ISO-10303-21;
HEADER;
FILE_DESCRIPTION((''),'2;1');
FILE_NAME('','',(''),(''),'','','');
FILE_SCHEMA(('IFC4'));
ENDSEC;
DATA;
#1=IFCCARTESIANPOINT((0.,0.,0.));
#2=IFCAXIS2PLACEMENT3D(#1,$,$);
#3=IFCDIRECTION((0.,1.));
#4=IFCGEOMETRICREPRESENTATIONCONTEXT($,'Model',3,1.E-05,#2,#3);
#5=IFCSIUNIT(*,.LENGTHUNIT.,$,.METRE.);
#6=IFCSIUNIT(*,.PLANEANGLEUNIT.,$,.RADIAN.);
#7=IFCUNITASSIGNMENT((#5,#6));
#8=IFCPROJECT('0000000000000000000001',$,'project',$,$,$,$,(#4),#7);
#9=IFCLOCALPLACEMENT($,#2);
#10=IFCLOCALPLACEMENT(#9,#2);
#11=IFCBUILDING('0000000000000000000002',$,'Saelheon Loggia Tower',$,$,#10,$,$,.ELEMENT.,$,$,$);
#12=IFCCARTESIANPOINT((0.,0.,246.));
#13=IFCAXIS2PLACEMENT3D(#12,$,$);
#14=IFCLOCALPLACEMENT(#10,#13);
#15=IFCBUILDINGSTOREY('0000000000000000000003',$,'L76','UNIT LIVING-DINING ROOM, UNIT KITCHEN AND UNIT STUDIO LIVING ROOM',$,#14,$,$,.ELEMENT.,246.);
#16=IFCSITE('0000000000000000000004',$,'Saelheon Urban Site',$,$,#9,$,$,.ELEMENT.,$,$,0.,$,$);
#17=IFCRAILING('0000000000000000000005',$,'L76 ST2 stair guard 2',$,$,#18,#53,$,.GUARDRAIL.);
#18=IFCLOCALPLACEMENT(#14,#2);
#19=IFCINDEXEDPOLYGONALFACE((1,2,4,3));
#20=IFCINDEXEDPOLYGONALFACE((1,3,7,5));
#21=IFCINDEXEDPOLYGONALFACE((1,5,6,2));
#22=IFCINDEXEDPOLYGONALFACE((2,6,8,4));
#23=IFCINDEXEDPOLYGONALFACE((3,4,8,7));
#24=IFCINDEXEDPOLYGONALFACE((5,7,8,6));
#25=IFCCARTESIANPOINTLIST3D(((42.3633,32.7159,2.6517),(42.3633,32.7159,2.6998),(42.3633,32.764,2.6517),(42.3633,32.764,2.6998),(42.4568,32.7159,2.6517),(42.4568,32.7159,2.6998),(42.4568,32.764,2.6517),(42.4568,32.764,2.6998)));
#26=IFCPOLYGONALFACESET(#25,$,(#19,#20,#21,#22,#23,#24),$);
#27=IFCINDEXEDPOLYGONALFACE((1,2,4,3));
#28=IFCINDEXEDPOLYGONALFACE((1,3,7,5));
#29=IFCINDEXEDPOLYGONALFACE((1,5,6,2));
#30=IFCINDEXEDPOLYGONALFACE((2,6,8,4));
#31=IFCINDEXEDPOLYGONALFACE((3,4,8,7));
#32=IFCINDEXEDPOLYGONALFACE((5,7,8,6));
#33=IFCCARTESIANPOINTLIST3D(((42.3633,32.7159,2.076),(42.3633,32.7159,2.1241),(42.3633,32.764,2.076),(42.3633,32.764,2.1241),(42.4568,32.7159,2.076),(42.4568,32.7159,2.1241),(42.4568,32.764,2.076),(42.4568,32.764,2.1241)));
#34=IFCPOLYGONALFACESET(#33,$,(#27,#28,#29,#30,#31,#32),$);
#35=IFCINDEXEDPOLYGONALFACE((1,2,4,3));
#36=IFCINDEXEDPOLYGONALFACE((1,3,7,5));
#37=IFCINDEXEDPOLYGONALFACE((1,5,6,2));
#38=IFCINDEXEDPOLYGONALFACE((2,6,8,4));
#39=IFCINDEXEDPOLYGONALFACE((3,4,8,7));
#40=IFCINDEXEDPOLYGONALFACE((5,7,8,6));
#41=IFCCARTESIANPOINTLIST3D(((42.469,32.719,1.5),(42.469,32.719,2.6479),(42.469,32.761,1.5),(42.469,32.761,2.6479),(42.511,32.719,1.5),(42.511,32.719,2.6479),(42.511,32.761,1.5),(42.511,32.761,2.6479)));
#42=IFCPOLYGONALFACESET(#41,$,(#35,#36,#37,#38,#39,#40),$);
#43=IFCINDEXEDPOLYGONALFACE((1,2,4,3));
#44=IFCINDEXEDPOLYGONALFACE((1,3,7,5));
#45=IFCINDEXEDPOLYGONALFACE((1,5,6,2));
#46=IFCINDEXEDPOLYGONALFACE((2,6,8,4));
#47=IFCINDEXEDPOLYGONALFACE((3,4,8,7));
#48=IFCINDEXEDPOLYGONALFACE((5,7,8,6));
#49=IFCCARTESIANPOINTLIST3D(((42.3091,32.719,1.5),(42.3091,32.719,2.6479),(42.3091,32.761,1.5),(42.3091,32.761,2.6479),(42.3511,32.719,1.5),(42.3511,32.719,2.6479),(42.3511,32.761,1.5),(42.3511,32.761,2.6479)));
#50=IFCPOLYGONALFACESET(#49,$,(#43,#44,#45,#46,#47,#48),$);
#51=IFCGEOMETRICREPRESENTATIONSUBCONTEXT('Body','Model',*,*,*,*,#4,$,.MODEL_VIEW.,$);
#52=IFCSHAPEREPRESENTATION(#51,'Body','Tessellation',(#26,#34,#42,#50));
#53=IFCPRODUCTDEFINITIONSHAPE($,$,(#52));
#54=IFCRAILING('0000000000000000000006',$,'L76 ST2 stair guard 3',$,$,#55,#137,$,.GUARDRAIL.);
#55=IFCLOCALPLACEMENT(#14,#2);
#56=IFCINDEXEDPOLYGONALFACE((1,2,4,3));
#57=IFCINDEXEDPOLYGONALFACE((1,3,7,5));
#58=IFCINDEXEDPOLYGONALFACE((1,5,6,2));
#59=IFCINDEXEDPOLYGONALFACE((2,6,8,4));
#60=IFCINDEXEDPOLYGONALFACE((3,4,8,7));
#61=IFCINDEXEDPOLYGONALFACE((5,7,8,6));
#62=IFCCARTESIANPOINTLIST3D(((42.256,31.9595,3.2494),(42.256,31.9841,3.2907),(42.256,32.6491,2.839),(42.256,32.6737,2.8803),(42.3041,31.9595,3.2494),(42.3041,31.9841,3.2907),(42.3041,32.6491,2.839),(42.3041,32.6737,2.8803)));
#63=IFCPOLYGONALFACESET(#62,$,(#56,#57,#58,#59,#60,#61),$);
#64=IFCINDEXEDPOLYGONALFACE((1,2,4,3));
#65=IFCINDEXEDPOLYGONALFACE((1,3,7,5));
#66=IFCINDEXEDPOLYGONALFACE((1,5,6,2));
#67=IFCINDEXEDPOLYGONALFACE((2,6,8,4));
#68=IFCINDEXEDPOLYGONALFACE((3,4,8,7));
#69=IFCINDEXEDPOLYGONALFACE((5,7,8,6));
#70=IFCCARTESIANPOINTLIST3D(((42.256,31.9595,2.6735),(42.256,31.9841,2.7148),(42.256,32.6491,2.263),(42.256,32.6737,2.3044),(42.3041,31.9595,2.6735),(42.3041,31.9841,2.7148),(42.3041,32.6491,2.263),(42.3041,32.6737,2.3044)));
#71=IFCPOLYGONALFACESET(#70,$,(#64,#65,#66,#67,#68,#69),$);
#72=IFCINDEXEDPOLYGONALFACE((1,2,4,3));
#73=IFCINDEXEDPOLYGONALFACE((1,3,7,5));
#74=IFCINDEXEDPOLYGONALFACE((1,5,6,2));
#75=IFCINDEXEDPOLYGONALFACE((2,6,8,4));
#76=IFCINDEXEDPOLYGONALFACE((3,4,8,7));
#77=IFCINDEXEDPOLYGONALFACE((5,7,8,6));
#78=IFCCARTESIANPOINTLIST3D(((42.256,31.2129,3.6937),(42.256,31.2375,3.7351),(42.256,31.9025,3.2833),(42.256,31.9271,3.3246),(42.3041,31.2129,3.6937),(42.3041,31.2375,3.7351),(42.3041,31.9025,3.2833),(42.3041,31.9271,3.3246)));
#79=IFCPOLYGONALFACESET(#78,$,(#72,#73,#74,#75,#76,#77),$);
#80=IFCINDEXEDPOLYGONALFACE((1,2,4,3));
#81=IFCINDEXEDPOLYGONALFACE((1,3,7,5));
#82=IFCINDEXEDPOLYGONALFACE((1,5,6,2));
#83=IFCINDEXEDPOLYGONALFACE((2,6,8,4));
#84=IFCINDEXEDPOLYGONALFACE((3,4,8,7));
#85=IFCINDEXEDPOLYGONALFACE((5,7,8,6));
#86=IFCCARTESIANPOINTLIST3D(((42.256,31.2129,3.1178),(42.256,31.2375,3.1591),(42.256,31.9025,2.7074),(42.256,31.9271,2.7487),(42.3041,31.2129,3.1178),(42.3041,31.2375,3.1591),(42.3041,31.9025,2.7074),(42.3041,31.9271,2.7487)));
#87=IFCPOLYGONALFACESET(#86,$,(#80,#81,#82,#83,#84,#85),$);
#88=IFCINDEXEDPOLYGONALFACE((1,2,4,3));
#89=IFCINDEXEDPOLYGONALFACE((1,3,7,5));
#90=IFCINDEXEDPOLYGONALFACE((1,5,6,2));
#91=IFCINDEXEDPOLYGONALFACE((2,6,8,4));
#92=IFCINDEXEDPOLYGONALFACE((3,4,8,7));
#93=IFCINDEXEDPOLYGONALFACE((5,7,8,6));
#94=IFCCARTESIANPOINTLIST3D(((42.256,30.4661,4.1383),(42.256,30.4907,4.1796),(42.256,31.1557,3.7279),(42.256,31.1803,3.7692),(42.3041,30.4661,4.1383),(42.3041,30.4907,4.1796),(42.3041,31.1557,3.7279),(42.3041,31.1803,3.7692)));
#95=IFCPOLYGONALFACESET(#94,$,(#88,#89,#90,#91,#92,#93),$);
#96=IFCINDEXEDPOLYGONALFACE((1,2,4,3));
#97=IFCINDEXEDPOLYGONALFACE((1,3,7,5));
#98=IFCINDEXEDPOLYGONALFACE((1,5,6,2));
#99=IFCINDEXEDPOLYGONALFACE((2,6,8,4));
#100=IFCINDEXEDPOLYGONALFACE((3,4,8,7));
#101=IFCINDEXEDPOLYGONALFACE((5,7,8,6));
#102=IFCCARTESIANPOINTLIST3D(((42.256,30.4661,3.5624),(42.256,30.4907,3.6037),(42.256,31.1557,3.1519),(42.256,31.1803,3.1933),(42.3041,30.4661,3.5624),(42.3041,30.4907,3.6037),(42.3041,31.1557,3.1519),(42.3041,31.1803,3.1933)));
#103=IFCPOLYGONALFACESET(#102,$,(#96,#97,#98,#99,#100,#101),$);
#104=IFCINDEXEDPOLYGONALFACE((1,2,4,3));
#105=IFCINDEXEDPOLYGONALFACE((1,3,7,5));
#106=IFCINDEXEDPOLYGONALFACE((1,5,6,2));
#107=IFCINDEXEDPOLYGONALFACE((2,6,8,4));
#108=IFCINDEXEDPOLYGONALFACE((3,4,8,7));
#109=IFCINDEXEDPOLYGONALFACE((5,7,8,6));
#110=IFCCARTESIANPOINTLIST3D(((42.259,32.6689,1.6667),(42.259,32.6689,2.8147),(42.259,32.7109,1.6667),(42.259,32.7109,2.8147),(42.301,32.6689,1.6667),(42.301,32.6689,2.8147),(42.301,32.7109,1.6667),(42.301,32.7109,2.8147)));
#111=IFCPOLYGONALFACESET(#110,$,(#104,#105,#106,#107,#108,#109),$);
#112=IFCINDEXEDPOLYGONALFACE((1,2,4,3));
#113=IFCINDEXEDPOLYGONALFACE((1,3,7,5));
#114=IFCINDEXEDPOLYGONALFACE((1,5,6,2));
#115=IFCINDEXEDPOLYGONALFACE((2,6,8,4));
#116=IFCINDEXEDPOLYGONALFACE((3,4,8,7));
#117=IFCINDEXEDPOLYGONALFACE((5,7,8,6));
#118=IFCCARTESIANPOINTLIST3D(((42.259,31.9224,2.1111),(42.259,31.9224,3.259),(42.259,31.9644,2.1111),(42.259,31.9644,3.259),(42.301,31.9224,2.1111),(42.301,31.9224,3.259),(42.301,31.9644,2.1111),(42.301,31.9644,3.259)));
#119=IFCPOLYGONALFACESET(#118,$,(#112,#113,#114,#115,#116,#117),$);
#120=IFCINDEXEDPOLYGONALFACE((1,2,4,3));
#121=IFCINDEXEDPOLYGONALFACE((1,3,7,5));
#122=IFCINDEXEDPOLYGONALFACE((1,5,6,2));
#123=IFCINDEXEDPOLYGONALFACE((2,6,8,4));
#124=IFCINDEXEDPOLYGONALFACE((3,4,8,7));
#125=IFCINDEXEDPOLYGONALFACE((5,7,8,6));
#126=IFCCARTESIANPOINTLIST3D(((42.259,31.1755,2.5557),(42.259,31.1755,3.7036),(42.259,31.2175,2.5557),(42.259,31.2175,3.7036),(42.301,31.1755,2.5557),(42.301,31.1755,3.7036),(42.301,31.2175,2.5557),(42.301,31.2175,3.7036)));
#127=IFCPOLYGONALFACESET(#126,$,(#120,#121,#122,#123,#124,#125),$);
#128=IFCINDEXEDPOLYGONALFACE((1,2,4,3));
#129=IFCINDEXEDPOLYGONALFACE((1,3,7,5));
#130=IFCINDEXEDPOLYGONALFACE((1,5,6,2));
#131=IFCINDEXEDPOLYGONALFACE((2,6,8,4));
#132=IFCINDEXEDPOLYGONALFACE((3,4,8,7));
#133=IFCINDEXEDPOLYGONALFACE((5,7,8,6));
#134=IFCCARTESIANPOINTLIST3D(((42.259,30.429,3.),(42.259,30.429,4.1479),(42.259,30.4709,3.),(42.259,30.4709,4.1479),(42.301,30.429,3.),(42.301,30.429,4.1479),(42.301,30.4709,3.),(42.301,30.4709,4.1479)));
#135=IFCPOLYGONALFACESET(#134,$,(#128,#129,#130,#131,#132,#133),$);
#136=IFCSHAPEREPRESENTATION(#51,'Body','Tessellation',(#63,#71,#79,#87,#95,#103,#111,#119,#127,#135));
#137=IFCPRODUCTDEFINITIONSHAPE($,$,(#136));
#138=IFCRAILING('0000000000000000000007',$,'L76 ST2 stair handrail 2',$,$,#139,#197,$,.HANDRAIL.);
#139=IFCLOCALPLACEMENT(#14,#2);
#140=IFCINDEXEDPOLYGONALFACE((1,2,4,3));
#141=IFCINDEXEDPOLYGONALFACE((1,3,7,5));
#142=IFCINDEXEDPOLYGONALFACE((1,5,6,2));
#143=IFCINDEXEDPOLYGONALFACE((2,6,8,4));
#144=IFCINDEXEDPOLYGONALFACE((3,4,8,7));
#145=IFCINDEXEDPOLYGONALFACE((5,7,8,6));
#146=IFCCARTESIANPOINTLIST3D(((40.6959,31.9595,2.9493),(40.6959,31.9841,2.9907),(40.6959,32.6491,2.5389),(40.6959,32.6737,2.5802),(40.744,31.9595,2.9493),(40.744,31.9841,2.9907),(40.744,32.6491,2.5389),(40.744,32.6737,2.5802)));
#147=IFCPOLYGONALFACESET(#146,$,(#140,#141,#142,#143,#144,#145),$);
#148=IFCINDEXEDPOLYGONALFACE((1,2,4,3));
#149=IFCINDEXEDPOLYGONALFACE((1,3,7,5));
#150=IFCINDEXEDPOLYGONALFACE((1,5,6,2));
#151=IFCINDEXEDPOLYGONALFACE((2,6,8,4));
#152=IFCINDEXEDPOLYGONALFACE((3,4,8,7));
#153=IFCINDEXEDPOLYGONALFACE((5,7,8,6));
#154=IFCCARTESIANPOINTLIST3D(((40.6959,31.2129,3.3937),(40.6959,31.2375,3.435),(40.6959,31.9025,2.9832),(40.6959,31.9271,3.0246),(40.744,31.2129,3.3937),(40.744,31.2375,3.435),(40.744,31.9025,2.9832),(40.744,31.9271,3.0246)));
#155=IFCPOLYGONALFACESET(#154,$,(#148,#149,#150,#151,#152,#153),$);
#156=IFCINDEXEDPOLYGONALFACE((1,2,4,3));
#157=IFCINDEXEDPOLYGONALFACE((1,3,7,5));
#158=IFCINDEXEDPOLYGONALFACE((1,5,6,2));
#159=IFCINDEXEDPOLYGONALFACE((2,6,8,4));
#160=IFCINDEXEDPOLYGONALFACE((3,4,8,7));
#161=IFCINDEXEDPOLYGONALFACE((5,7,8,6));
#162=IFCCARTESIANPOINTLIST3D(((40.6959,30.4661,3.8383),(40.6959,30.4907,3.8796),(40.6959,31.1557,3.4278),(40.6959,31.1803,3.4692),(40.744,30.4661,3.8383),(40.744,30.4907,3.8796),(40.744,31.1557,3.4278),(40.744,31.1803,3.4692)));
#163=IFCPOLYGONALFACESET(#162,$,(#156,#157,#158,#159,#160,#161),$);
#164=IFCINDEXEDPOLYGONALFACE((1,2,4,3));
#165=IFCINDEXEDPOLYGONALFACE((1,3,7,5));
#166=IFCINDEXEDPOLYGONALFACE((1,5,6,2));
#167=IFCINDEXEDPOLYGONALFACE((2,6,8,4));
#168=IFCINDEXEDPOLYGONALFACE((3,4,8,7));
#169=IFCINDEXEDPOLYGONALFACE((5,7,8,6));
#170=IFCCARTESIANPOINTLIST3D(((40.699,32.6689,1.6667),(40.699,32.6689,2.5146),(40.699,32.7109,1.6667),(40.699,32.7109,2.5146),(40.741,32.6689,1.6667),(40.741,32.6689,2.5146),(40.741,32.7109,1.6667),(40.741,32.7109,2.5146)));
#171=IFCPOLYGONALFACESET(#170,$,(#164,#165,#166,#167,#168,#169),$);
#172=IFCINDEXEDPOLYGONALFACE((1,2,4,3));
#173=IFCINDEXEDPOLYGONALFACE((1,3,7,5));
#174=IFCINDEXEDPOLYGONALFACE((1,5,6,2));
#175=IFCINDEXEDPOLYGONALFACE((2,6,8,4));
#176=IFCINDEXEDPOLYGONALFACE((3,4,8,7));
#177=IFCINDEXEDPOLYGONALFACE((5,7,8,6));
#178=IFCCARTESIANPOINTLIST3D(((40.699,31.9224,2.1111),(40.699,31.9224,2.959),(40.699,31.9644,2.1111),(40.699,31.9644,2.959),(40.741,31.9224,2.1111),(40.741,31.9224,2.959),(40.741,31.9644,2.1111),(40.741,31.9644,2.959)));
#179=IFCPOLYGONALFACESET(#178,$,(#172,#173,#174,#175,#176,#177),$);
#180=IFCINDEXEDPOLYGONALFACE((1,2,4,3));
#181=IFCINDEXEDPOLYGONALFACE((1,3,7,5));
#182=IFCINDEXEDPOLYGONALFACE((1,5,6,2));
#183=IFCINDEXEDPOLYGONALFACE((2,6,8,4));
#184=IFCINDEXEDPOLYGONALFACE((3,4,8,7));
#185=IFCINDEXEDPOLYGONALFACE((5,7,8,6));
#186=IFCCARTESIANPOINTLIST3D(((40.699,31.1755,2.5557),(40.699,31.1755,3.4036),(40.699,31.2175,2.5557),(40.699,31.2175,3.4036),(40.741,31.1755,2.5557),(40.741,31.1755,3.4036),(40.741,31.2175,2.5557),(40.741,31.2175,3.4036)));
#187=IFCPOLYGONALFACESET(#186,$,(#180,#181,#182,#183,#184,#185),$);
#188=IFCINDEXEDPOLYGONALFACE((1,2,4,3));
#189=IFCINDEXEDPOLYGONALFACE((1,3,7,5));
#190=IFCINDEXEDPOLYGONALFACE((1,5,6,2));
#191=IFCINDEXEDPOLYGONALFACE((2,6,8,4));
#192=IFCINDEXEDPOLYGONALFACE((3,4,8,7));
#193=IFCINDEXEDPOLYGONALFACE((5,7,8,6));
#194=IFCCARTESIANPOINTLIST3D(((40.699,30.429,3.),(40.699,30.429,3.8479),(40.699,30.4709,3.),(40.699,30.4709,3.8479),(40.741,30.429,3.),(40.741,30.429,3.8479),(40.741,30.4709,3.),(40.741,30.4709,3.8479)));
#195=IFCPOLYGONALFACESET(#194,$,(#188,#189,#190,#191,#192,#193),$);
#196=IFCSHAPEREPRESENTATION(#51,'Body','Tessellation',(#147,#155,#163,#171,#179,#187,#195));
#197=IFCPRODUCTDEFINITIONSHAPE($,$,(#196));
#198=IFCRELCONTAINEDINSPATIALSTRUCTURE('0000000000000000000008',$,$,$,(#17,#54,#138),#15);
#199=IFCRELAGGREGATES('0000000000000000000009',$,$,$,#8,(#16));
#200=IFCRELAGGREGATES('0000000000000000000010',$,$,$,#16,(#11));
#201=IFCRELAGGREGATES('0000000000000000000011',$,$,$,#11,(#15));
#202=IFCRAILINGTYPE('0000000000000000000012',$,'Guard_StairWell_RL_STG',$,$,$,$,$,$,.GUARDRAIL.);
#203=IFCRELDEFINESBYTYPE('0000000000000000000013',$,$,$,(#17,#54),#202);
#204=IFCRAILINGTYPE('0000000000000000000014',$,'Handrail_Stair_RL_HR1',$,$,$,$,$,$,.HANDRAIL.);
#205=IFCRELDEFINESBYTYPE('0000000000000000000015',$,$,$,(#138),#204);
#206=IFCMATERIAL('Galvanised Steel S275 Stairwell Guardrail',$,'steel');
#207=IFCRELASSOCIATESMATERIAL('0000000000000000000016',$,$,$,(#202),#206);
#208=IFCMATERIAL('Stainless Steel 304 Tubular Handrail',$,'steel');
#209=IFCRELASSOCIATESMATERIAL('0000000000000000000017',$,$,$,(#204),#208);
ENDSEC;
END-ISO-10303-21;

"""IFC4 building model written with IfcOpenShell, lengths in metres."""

from ifc_helpers import new_model, si_unit, direction, frame, origin, origin_2d, place, context, subcontext, project, spatial, rectangle, extrude, material, type_object, element, save


model = new_model("IFC4")

# Units and contexts
model_context = context("Model", 3, precision=1e-05, world=origin(), true_north=direction((0.0, 1.0)))
body_context = subcontext(model_context, "Body", "Model", "MODEL_VIEW")
ifc_project = project(units=[si_unit("LENGTHUNIT", "METRE"), si_unit("PLANEANGLEUNIT", "RADIAN")], contexts=[model_context])

# Site, building, storey
site_placement = place(None, origin())
site = spatial("IfcSite", under=ifc_project, at=site_placement, Name="Saelheon Urban Site", CompositionType="ELEMENT", RefElevation=0.0)
building_placement = place(site_placement, origin())
building = spatial("IfcBuilding", under=site, at=building_placement, Name="Saelheon Loggia Tower", CompositionType="ELEMENT")
storey_placement = place(building_placement, frame((0.0, 0.0, 246.0)))
storey = spatial("IfcBuildingStorey", under=building, at=storey_placement, Name="L76", Description="UNIT LIVING-DINING ROOM, UNIT KITCHEN AND UNIT STUDIO LIVING ROOM", CompositionType="ELEMENT", Elevation=246.0)

# Railings
ifc_material_1 = material(Name="Galvanised Steel S275 Stairwell Guardrail", Category="steel")
railing_type_1 = type_object("IfcRailingType", Name="Guard_StairWell_RL_STG", PredefinedType="GUARDRAIL", material=ifc_material_1)
railing_1_placement = place(storey_placement, frame((42.49, 32.74, 1.5)))
element("IfcRailing", 1, at=railing_1_placement, inside=storey, type_object=railing_type_1, Name="L76 ST2 stair guard 2", PredefinedType="GUARDRAIL", context=body_context, shape_type="SweptSolid", body=[
    extrude(rectangle(XDim=0.0481, YDim=0.0481, at=origin_2d()), frame((-0.0332, 0.0, 1.1758), z_axis=(-1.0, 0.0, 0.0), x_axis=(0.0, -1.0, 0.0)), (0.0, 0.0, 1.0), 0.0935),
    extrude(rectangle(XDim=0.0481, YDim=0.0481, at=origin_2d()), frame((-0.0332, 0.0, 0.6001), z_axis=(-1.0, 0.0, 0.0), x_axis=(0.0, -1.0, 0.0)), (0.0, 0.0, 1.0), 0.0935),
    extrude(rectangle(XDim=0.042, YDim=0.042, at=origin_2d()), origin(), (0.0, 0.0, 1.0), 1.1479),
    extrude(rectangle(XDim=0.042, YDim=0.042, at=origin_2d()), frame((-0.1599, 0.0, 0.0)), (0.0, 0.0, 1.0), 1.1479),
])
railing_2_placement = place(storey_placement, frame((42.28, 32.6899, 1.6667)))
element("IfcRailing", 2, at=railing_2_placement, inside=storey, type_object=railing_type_1, Name="L76 ST2 stair guard 3", PredefinedType="GUARDRAIL", context=body_context, shape_type="SweptSolid", body=[
    extrude(rectangle(XDim=0.0481, YDim=0.0481, at=origin_2d()), frame((0.0, -0.0286, 1.1929), z_axis=(0.0, -0.859306, 0.511462), x_axis=(1.0, 0.0, 0.0)), (0.0, 0.0, 1.0), 0.8025),
    extrude(rectangle(XDim=0.0481, YDim=0.0481, at=origin_2d()), frame((0.0, -0.0286, 0.6169), z_axis=(0.0, -0.859306, 0.511462), x_axis=(1.0, 0.0, 0.0)), (0.0, 0.0, 1.0), 0.8025),
    extrude(rectangle(XDim=0.0481, YDim=0.0481, at=origin_2d()), frame((0.0, -0.7751, 1.6372), z_axis=(0.0, -0.859306, 0.511462), x_axis=(1.0, 0.0, 0.0)), (0.0, 0.0, 1.0), 0.8025),
    extrude(rectangle(XDim=0.0481, YDim=0.0481, at=origin_2d()), frame((0.0, -0.7751, 1.0613), z_axis=(0.0, -0.859306, 0.511462), x_axis=(1.0, 0.0, 0.0)), (0.0, 0.0, 1.0), 0.8025),
    extrude(rectangle(XDim=0.0481, YDim=0.0481, at=origin_2d()), frame((0.0, -1.522, 2.0818), z_axis=(0.0, -0.859306, 0.511462), x_axis=(1.0, 0.0, 0.0)), (0.0, 0.0, 1.0), 0.8025),
    extrude(rectangle(XDim=0.0481, YDim=0.0481, at=origin_2d()), frame((0.0, -1.522, 1.5059), z_axis=(0.0, -0.859306, 0.511462), x_axis=(1.0, 0.0, 0.0)), (0.0, 0.0, 1.0), 0.8025),
    extrude(rectangle(XDim=0.042, YDim=0.042, at=origin_2d()), origin(), (0.0, 0.0, 1.0), 1.1479),
    extrude(rectangle(XDim=0.042, YDim=0.042, at=origin_2d()), frame((0.0, -0.7466, 0.4443)), (0.0, 0.0, 1.0), 1.1479),
    extrude(rectangle(XDim=0.042, YDim=0.042, at=origin_2d()), frame((0.0, -1.4934, 0.8889)), (0.0, 0.0, 1.0), 1.1479),
    extrude(rectangle(XDim=0.042, YDim=0.042, at=origin_2d()), frame((0.0, -2.24, 1.3333)), (0.0, 0.0, 1.0), 1.1479),
])
ifc_material_2 = material(Name="Stainless Steel 304 Tubular Handrail", Category="steel")
railing_type_2 = type_object("IfcRailingType", Name="Handrail_Stair_RL_HR1", PredefinedType="HANDRAIL", material=ifc_material_2)
railing_3_placement = place(storey_placement, frame((40.72, 32.6899, 1.6667)))
element("IfcRailing", 3, at=railing_3_placement, inside=storey, type_object=railing_type_2, Name="L76 ST2 stair handrail 2", PredefinedType="HANDRAIL", context=body_context, shape_type="SweptSolid", body=[
    extrude(rectangle(XDim=0.0481, YDim=0.0481, at=origin_2d()), frame((0.0, -0.0286, 0.8928), z_axis=(0.0, -0.859306, 0.511462), x_axis=(1.0, 0.0, 0.0)), (0.0, 0.0, 1.0), 0.8025),
    extrude(rectangle(XDim=0.0481, YDim=0.0481, at=origin_2d()), frame((0.0, -0.7751, 1.3372), z_axis=(0.0, -0.859306, 0.511462), x_axis=(1.0, 0.0, 0.0)), (0.0, 0.0, 1.0), 0.8025),
    extrude(rectangle(XDim=0.0481, YDim=0.0481, at=origin_2d()), frame((0.0, -1.522, 1.7817), z_axis=(0.0, -0.859306, 0.511462), x_axis=(1.0, 0.0, 0.0)), (0.0, 0.0, 1.0), 0.8025),
    extrude(rectangle(XDim=0.042, YDim=0.042, at=origin_2d()), origin(), (0.0, 0.0, 1.0), 0.8479),
    extrude(rectangle(XDim=0.042, YDim=0.042, at=origin_2d()), frame((0.0, -0.7466, 0.4443)), (0.0, 0.0, 1.0), 0.8479),
    extrude(rectangle(XDim=0.042, YDim=0.042, at=origin_2d()), frame((0.0, -1.4934, 0.8889)), (0.0, 0.0, 1.0), 0.8479),
    extrude(rectangle(XDim=0.042, YDim=0.042, at=origin_2d()), frame((0.0, -2.24, 1.3333)), (0.0, 0.0, 1.0), 0.8479),
])

save(model, "model.ifc")
